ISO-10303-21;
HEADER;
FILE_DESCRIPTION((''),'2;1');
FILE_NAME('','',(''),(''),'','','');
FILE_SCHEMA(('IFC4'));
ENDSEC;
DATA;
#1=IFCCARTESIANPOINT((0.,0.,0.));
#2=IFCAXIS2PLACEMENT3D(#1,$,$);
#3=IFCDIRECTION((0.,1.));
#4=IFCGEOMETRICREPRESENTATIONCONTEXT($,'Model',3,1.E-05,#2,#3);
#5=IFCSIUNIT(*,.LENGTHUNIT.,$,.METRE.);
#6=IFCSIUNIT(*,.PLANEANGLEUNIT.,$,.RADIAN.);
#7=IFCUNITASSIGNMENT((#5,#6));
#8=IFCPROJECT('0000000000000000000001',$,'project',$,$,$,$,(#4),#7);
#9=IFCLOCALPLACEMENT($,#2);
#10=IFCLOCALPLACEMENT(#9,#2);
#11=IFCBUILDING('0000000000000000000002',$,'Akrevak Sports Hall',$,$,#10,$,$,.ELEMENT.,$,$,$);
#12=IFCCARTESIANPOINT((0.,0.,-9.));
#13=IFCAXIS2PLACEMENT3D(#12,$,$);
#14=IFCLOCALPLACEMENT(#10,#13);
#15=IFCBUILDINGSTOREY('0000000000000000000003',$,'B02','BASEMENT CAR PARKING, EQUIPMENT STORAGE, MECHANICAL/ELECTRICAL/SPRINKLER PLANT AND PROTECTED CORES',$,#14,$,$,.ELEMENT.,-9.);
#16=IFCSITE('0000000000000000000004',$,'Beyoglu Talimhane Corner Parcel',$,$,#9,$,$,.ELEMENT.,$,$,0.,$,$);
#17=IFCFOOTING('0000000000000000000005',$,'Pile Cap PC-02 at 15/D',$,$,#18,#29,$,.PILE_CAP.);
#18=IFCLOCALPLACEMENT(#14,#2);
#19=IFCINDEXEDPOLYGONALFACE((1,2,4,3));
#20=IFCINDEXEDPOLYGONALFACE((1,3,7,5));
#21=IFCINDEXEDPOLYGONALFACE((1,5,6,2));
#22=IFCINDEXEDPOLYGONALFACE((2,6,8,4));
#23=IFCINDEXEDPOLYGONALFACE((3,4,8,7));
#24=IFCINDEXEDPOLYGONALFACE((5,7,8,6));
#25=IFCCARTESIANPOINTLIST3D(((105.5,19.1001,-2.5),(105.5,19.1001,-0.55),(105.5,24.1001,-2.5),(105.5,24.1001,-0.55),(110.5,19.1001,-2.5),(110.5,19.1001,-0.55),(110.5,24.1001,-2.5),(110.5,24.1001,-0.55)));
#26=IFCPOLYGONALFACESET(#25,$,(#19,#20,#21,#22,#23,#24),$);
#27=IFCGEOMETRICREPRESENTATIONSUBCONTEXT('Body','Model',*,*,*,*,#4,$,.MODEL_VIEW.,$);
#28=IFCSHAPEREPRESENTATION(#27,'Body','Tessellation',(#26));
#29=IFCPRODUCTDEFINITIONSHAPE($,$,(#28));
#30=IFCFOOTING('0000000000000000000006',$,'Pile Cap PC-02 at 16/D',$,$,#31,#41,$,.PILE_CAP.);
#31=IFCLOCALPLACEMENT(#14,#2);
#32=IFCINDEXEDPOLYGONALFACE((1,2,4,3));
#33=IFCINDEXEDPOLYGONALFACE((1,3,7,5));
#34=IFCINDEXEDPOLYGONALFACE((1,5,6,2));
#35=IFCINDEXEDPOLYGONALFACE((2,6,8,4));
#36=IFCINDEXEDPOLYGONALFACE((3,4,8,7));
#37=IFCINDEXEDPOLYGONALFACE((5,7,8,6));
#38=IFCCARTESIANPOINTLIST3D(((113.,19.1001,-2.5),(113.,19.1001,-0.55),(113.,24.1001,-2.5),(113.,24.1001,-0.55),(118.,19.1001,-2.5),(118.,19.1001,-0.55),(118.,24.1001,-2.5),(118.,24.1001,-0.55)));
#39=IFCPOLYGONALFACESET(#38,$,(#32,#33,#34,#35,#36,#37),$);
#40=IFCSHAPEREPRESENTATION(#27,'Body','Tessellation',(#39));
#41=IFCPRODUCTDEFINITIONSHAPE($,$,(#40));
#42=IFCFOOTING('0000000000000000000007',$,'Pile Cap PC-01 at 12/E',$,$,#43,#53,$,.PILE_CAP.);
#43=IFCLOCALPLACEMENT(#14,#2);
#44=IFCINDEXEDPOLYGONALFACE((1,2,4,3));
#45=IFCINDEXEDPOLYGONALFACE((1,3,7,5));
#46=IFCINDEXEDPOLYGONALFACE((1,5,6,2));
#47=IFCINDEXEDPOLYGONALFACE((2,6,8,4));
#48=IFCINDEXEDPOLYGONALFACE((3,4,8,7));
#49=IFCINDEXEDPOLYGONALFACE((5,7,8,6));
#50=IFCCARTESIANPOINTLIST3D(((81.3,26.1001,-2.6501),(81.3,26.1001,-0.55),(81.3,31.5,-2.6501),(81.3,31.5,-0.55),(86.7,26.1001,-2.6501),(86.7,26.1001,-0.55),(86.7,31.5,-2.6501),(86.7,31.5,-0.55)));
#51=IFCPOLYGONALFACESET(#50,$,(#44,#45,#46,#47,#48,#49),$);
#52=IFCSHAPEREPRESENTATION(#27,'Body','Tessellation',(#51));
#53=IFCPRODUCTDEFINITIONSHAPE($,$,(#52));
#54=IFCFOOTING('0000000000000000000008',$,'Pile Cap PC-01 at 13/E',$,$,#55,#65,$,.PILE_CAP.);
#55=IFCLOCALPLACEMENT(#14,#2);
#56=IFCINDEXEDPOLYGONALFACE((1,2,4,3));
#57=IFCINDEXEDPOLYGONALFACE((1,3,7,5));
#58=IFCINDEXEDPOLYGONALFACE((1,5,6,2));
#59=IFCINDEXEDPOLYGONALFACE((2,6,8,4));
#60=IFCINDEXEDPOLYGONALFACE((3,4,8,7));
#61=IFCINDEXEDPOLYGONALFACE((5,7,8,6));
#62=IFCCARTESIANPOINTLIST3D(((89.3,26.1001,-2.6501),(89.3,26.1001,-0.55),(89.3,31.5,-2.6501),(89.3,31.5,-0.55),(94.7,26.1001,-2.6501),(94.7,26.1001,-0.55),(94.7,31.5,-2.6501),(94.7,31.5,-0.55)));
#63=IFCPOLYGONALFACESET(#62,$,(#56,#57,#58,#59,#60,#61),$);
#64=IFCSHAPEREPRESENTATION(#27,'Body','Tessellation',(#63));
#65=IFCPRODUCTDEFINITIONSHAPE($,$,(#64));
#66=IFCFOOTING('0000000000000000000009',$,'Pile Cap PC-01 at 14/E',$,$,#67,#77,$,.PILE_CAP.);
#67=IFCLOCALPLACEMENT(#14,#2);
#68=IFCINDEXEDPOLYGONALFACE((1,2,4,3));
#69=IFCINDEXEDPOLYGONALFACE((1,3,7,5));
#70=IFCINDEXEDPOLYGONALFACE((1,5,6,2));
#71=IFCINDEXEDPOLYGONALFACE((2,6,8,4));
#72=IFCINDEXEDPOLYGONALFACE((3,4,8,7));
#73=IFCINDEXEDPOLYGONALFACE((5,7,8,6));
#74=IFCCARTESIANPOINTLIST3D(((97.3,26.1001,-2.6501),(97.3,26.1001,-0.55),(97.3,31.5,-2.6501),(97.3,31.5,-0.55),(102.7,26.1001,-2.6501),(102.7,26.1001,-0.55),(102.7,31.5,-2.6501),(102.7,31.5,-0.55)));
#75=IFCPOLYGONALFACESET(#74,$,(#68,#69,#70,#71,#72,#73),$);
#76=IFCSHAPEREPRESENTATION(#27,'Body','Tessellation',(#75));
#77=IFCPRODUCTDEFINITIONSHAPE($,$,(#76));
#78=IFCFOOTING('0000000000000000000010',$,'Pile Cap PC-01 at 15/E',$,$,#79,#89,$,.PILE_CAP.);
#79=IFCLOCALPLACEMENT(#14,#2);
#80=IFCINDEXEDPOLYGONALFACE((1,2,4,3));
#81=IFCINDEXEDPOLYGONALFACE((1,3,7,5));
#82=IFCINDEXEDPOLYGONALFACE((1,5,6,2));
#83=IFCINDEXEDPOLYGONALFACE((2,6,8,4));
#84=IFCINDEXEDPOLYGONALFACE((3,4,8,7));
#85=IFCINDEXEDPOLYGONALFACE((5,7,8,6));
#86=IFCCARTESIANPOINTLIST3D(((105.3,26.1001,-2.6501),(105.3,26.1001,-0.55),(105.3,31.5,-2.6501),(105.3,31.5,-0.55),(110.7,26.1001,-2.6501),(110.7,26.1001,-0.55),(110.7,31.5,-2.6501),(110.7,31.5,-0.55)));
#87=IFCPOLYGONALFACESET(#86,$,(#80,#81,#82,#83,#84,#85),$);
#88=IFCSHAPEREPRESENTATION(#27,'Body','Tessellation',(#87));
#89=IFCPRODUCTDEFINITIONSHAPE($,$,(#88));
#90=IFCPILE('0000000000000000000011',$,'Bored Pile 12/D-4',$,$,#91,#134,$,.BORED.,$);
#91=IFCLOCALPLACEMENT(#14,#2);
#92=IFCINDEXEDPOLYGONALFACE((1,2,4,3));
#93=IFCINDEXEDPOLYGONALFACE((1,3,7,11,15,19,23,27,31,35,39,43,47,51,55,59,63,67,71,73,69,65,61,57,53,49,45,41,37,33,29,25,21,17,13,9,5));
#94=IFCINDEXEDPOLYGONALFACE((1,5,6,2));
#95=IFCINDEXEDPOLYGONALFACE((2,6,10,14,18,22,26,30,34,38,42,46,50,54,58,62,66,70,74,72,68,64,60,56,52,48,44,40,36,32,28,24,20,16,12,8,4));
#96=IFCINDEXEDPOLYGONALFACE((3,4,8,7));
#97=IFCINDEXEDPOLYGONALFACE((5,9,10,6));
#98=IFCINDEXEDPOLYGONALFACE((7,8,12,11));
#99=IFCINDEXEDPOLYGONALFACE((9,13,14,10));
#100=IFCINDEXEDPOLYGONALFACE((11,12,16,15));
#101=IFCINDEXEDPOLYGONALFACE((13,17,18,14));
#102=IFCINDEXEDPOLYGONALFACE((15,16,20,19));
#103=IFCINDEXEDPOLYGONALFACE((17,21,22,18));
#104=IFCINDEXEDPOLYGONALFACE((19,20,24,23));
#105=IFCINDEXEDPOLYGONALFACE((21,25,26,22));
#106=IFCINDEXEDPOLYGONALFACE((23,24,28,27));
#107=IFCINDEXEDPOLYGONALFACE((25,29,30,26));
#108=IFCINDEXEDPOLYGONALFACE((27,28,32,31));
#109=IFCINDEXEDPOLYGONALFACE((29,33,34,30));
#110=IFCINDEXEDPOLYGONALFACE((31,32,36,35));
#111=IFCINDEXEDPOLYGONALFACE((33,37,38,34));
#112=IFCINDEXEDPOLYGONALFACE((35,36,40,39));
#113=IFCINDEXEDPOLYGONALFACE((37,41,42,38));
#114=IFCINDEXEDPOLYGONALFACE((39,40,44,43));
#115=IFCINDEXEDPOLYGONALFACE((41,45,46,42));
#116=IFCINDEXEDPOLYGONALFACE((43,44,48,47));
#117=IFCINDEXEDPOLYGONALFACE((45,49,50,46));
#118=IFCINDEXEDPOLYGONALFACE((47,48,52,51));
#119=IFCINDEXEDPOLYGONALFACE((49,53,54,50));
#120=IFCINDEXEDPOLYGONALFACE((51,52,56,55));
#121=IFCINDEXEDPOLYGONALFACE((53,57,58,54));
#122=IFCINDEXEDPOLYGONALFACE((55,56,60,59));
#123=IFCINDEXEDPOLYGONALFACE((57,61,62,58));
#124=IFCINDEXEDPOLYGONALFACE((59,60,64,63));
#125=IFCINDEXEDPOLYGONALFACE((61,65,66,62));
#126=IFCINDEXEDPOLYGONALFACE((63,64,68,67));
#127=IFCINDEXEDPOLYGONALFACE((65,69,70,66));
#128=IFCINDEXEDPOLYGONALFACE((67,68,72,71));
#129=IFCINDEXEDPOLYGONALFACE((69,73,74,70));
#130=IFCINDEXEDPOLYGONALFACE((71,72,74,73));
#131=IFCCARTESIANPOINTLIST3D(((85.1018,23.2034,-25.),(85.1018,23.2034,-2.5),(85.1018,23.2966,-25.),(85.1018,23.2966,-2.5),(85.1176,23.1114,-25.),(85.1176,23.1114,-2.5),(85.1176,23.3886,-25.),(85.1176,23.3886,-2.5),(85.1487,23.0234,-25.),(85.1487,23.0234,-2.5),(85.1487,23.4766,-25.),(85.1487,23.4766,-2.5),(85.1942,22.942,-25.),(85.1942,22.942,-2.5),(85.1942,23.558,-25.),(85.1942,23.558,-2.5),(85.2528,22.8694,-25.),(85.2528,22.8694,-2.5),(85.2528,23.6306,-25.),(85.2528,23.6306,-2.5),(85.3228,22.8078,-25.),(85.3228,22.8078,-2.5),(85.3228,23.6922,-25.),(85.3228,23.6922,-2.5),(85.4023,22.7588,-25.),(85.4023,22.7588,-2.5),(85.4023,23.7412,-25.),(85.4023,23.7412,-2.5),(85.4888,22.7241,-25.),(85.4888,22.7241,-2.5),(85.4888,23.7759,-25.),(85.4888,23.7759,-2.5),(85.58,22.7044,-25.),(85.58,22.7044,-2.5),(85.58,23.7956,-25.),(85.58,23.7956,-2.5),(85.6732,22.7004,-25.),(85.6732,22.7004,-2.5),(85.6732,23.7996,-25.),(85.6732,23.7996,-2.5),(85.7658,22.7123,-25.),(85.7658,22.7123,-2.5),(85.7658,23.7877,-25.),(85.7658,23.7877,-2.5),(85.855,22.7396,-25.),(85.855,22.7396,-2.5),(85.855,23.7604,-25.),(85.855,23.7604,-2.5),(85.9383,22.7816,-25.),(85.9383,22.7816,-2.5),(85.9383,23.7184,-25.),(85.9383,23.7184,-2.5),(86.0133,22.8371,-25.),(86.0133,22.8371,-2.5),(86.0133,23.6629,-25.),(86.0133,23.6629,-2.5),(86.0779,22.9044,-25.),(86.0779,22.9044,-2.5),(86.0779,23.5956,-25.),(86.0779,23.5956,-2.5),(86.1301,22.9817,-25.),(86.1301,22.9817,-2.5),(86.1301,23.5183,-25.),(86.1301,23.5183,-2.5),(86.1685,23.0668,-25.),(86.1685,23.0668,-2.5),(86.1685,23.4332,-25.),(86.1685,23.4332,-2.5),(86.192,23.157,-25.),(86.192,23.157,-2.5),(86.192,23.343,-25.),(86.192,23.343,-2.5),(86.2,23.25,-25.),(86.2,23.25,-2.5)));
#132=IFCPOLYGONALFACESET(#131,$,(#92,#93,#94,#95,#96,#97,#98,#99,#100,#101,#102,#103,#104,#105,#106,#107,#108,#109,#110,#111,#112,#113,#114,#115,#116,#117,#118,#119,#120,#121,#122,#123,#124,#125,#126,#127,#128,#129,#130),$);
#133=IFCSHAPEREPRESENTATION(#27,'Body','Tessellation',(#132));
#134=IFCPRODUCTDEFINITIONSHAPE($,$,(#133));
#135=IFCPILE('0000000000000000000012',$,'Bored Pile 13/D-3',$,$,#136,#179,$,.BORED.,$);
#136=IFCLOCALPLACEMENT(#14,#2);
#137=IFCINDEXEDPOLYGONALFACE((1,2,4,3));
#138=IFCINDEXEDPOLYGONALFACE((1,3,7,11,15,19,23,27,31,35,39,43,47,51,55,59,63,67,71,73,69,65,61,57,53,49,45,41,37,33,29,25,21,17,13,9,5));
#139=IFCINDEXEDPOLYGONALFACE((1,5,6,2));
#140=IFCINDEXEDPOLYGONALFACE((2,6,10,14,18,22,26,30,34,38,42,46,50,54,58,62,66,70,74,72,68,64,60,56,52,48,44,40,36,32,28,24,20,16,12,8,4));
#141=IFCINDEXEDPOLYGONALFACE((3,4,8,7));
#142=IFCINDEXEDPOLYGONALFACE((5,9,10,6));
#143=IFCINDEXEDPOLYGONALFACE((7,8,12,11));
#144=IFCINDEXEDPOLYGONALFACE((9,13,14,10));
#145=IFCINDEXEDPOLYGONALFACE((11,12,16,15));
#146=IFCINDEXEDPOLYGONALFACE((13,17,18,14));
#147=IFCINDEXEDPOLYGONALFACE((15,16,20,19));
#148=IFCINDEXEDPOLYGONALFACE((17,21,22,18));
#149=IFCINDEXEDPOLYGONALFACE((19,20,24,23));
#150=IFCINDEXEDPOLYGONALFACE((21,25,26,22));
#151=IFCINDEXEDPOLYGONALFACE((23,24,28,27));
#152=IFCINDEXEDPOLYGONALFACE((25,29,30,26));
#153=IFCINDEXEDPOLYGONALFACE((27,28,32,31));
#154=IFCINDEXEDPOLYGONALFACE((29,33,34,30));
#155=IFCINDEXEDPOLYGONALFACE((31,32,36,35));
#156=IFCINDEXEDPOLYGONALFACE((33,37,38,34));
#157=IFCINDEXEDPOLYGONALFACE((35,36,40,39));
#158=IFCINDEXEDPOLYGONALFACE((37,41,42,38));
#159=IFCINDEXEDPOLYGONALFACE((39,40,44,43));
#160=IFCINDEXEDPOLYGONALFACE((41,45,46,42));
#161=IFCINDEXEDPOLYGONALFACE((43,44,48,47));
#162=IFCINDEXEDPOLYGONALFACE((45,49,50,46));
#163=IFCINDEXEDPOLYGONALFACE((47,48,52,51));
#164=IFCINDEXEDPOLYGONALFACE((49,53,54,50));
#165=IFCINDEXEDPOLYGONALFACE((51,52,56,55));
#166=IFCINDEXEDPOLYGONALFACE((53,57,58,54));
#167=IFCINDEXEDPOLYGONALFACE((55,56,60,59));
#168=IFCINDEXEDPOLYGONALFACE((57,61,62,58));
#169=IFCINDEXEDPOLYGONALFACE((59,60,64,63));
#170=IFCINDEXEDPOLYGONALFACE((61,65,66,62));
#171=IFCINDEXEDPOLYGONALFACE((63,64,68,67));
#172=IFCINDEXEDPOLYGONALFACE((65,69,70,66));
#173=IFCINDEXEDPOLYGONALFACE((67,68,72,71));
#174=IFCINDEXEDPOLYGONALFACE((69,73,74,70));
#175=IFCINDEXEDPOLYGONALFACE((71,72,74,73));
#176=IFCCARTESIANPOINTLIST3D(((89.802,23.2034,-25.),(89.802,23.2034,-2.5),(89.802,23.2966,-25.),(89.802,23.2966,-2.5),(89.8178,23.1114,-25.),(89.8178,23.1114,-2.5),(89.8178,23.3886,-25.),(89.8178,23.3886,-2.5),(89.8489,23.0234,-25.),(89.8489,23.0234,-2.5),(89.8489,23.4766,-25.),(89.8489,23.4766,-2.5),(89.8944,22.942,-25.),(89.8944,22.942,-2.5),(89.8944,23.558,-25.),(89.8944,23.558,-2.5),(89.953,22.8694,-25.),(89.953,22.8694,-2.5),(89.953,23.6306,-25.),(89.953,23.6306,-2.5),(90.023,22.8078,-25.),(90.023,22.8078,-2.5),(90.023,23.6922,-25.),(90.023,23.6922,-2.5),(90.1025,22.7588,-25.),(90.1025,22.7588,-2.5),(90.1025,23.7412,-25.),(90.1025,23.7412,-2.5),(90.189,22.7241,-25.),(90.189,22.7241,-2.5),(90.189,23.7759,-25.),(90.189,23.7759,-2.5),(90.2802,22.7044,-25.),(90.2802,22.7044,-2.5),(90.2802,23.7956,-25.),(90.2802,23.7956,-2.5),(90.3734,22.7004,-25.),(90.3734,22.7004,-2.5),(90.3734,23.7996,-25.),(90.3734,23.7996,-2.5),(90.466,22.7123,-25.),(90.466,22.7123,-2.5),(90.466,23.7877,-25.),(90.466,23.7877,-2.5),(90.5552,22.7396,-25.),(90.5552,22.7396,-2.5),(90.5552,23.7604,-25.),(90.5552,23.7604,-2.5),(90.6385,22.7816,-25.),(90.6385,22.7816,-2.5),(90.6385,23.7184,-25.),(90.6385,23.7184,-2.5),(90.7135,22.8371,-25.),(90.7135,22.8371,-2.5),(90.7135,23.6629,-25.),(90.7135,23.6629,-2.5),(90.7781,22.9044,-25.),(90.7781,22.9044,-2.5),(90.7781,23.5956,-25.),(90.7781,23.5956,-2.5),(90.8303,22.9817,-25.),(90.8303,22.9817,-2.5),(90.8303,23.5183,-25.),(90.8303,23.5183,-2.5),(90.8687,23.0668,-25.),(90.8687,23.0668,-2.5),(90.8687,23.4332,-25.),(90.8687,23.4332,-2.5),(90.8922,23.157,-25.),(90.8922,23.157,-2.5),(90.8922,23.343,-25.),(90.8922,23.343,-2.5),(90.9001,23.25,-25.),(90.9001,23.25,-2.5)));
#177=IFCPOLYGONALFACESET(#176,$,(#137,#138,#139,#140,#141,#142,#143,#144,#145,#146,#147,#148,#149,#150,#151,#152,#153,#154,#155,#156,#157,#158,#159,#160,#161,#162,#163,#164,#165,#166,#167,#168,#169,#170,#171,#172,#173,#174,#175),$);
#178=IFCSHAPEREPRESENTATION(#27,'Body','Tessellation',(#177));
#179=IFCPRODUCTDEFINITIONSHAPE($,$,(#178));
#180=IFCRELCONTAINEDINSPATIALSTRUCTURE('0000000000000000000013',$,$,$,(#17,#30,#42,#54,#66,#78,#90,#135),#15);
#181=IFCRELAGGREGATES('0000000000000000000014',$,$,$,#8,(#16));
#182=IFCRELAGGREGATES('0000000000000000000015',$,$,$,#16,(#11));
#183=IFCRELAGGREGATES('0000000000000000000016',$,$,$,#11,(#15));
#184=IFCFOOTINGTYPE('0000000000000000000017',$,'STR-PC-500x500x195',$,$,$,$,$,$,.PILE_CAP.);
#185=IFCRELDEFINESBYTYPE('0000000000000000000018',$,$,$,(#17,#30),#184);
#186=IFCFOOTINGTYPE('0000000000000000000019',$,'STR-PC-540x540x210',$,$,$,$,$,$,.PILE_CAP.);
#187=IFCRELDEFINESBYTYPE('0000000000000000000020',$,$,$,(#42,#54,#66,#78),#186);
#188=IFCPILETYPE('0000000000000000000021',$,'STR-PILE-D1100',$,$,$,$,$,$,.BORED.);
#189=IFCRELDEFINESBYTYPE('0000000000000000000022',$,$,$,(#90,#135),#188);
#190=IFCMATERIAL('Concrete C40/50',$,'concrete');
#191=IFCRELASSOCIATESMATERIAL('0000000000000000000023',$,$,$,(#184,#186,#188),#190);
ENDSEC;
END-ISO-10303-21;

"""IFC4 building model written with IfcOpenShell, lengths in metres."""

from ifc_helpers import new_model, si_unit, direction, frame, origin, origin_2d, place, context, subcontext, project, spatial, rectangle, circle, extrude, material, material_profile, profile_set, type_object, element, save


model = new_model("IFC4")

# Units and contexts
model_context = context("Model", 3, precision=1e-05, world=origin(), true_north=direction((0.0, 1.0)))
body_context = subcontext(model_context, "Body", "Model", "MODEL_VIEW")
ifc_project = project(units=[si_unit("LENGTHUNIT", "METRE"), si_unit("PLANEANGLEUNIT", "RADIAN")], contexts=[model_context])

# Site, building, storey
site_placement = place(None, origin())
site = spatial("IfcSite", under=ifc_project, at=site_placement, Name="Beyoglu Talimhane Corner Parcel", CompositionType="ELEMENT", RefElevation=0.0)
building_placement = place(site_placement, origin())
building = spatial("IfcBuilding", under=site, at=building_placement, Name="Akrevak Sports Hall", CompositionType="ELEMENT")
storey_placement = place(building_placement, frame((0.0, 0.0, -9.0)))
storey = spatial("IfcBuildingStorey", under=building, at=storey_placement, Name="B02", Description="BASEMENT CAR PARKING, EQUIPMENT STORAGE, MECHANICAL/ELECTRICAL/SPRINKLER PLANT AND PROTECTED CORES", CompositionType="ELEMENT", Elevation=-9.0)

# Footings
ifc_material_1 = material(Name="Concrete C40/50", Category="concrete")
footing_type_1 = type_object("IfcFootingType", Name="STR-PC-500x500x195", PredefinedType="PILE_CAP", material=ifc_material_1)
for number, where, z_axis, x_axis, name in (
    (1, (108.0, 21.6001, -2.5), (0.0, 0.0, 1.0), (1.0, 0.0, 0.0), "Pile Cap PC-02 at 15/D"),
    (2, (115.5, 21.6001, -2.5), (0.0, 0.0, 1.0), (1.0, 0.0, 0.0), "Pile Cap PC-02 at 16/D"),
):
    element("IfcFooting", number, at=place(storey_placement, frame(where, z_axis=z_axis, x_axis=x_axis)), inside=storey, type_object=footing_type_1, Name=name, PredefinedType="PILE_CAP", context=body_context, shape_type="SweptSolid", body=[
        extrude(rectangle(XDim=5.0, YDim=5.0, at=origin_2d()), origin(), (0.0, 0.0, 1.0), 1.95),
    ])
footing_type_2 = type_object("IfcFootingType", Name="STR-PC-540x540x210", PredefinedType="PILE_CAP", material=ifc_material_1)
for number, where, z_axis, x_axis, name in (
    (3, (84.0, 28.8, -2.6501), (0.0, 0.0, 1.0), (1.0, 0.0, 0.0), "Pile Cap PC-01 at 12/E"),
    (4, (92.0, 28.8, -2.6501), (0.0, 0.0, 1.0), (1.0, 0.0, 0.0), "Pile Cap PC-01 at 13/E"),
    (5, (100.0, 28.8, -2.6501), (0.0, 0.0, 1.0), (1.0, 0.0, 0.0), "Pile Cap PC-01 at 14/E"),
    (6, (108.0, 28.8, -2.6501), (0.0, 0.0, 1.0), (1.0, 0.0, 0.0), "Pile Cap PC-01 at 15/E"),
):
    element("IfcFooting", number, at=place(storey_placement, frame(where, z_axis=z_axis, x_axis=x_axis)), inside=storey, type_object=footing_type_2, Name=name, PredefinedType="PILE_CAP", context=body_context, shape_type="SweptSolid", body=[
        extrude(rectangle(XDim=5.3999, YDim=5.3999, at=origin_2d()), origin(), (0.0, 0.0, 1.0), 2.1001),
    ])

# Piles
ifc_material_profile_1 = material_profile(ifc_material_1, circle(Radius=0.55, at=origin_2d()), Name="BORED PILE D1100", Category="concrete")
ifc_profile_set_1 = profile_set([ifc_material_profile_1], Name="Concrete C40/50")
pile_type_1 = type_object("IfcPileType", Name="STR-PILE-D1100", PredefinedType="BORED", material=ifc_profile_set_1)
for number, where, z_axis, x_axis, name in (
    (7, (85.6499, 23.25, -2.5), (0.0, 0.0, -1.0), (1.0, 0.0, 0.0), "Bored Pile 12/D-4"),
    (8, (90.3501, 23.25, -2.5), (0.0, 0.0, -1.0), (1.0, 0.0, 0.0), "Bored Pile 13/D-3"),
):
    element("IfcPile", number, at=place(storey_placement, frame(where, z_axis=z_axis, x_axis=x_axis)), inside=storey, type_object=pile_type_1, Name=name, PredefinedType="BORED", context=body_context, shape_type="SweptSolid", body=[
        extrude(circle(Radius=0.55, at=origin_2d()), origin(), (0.0, 0.0, 1.0), 22.5),
    ])

save(model, "model.ifc")
